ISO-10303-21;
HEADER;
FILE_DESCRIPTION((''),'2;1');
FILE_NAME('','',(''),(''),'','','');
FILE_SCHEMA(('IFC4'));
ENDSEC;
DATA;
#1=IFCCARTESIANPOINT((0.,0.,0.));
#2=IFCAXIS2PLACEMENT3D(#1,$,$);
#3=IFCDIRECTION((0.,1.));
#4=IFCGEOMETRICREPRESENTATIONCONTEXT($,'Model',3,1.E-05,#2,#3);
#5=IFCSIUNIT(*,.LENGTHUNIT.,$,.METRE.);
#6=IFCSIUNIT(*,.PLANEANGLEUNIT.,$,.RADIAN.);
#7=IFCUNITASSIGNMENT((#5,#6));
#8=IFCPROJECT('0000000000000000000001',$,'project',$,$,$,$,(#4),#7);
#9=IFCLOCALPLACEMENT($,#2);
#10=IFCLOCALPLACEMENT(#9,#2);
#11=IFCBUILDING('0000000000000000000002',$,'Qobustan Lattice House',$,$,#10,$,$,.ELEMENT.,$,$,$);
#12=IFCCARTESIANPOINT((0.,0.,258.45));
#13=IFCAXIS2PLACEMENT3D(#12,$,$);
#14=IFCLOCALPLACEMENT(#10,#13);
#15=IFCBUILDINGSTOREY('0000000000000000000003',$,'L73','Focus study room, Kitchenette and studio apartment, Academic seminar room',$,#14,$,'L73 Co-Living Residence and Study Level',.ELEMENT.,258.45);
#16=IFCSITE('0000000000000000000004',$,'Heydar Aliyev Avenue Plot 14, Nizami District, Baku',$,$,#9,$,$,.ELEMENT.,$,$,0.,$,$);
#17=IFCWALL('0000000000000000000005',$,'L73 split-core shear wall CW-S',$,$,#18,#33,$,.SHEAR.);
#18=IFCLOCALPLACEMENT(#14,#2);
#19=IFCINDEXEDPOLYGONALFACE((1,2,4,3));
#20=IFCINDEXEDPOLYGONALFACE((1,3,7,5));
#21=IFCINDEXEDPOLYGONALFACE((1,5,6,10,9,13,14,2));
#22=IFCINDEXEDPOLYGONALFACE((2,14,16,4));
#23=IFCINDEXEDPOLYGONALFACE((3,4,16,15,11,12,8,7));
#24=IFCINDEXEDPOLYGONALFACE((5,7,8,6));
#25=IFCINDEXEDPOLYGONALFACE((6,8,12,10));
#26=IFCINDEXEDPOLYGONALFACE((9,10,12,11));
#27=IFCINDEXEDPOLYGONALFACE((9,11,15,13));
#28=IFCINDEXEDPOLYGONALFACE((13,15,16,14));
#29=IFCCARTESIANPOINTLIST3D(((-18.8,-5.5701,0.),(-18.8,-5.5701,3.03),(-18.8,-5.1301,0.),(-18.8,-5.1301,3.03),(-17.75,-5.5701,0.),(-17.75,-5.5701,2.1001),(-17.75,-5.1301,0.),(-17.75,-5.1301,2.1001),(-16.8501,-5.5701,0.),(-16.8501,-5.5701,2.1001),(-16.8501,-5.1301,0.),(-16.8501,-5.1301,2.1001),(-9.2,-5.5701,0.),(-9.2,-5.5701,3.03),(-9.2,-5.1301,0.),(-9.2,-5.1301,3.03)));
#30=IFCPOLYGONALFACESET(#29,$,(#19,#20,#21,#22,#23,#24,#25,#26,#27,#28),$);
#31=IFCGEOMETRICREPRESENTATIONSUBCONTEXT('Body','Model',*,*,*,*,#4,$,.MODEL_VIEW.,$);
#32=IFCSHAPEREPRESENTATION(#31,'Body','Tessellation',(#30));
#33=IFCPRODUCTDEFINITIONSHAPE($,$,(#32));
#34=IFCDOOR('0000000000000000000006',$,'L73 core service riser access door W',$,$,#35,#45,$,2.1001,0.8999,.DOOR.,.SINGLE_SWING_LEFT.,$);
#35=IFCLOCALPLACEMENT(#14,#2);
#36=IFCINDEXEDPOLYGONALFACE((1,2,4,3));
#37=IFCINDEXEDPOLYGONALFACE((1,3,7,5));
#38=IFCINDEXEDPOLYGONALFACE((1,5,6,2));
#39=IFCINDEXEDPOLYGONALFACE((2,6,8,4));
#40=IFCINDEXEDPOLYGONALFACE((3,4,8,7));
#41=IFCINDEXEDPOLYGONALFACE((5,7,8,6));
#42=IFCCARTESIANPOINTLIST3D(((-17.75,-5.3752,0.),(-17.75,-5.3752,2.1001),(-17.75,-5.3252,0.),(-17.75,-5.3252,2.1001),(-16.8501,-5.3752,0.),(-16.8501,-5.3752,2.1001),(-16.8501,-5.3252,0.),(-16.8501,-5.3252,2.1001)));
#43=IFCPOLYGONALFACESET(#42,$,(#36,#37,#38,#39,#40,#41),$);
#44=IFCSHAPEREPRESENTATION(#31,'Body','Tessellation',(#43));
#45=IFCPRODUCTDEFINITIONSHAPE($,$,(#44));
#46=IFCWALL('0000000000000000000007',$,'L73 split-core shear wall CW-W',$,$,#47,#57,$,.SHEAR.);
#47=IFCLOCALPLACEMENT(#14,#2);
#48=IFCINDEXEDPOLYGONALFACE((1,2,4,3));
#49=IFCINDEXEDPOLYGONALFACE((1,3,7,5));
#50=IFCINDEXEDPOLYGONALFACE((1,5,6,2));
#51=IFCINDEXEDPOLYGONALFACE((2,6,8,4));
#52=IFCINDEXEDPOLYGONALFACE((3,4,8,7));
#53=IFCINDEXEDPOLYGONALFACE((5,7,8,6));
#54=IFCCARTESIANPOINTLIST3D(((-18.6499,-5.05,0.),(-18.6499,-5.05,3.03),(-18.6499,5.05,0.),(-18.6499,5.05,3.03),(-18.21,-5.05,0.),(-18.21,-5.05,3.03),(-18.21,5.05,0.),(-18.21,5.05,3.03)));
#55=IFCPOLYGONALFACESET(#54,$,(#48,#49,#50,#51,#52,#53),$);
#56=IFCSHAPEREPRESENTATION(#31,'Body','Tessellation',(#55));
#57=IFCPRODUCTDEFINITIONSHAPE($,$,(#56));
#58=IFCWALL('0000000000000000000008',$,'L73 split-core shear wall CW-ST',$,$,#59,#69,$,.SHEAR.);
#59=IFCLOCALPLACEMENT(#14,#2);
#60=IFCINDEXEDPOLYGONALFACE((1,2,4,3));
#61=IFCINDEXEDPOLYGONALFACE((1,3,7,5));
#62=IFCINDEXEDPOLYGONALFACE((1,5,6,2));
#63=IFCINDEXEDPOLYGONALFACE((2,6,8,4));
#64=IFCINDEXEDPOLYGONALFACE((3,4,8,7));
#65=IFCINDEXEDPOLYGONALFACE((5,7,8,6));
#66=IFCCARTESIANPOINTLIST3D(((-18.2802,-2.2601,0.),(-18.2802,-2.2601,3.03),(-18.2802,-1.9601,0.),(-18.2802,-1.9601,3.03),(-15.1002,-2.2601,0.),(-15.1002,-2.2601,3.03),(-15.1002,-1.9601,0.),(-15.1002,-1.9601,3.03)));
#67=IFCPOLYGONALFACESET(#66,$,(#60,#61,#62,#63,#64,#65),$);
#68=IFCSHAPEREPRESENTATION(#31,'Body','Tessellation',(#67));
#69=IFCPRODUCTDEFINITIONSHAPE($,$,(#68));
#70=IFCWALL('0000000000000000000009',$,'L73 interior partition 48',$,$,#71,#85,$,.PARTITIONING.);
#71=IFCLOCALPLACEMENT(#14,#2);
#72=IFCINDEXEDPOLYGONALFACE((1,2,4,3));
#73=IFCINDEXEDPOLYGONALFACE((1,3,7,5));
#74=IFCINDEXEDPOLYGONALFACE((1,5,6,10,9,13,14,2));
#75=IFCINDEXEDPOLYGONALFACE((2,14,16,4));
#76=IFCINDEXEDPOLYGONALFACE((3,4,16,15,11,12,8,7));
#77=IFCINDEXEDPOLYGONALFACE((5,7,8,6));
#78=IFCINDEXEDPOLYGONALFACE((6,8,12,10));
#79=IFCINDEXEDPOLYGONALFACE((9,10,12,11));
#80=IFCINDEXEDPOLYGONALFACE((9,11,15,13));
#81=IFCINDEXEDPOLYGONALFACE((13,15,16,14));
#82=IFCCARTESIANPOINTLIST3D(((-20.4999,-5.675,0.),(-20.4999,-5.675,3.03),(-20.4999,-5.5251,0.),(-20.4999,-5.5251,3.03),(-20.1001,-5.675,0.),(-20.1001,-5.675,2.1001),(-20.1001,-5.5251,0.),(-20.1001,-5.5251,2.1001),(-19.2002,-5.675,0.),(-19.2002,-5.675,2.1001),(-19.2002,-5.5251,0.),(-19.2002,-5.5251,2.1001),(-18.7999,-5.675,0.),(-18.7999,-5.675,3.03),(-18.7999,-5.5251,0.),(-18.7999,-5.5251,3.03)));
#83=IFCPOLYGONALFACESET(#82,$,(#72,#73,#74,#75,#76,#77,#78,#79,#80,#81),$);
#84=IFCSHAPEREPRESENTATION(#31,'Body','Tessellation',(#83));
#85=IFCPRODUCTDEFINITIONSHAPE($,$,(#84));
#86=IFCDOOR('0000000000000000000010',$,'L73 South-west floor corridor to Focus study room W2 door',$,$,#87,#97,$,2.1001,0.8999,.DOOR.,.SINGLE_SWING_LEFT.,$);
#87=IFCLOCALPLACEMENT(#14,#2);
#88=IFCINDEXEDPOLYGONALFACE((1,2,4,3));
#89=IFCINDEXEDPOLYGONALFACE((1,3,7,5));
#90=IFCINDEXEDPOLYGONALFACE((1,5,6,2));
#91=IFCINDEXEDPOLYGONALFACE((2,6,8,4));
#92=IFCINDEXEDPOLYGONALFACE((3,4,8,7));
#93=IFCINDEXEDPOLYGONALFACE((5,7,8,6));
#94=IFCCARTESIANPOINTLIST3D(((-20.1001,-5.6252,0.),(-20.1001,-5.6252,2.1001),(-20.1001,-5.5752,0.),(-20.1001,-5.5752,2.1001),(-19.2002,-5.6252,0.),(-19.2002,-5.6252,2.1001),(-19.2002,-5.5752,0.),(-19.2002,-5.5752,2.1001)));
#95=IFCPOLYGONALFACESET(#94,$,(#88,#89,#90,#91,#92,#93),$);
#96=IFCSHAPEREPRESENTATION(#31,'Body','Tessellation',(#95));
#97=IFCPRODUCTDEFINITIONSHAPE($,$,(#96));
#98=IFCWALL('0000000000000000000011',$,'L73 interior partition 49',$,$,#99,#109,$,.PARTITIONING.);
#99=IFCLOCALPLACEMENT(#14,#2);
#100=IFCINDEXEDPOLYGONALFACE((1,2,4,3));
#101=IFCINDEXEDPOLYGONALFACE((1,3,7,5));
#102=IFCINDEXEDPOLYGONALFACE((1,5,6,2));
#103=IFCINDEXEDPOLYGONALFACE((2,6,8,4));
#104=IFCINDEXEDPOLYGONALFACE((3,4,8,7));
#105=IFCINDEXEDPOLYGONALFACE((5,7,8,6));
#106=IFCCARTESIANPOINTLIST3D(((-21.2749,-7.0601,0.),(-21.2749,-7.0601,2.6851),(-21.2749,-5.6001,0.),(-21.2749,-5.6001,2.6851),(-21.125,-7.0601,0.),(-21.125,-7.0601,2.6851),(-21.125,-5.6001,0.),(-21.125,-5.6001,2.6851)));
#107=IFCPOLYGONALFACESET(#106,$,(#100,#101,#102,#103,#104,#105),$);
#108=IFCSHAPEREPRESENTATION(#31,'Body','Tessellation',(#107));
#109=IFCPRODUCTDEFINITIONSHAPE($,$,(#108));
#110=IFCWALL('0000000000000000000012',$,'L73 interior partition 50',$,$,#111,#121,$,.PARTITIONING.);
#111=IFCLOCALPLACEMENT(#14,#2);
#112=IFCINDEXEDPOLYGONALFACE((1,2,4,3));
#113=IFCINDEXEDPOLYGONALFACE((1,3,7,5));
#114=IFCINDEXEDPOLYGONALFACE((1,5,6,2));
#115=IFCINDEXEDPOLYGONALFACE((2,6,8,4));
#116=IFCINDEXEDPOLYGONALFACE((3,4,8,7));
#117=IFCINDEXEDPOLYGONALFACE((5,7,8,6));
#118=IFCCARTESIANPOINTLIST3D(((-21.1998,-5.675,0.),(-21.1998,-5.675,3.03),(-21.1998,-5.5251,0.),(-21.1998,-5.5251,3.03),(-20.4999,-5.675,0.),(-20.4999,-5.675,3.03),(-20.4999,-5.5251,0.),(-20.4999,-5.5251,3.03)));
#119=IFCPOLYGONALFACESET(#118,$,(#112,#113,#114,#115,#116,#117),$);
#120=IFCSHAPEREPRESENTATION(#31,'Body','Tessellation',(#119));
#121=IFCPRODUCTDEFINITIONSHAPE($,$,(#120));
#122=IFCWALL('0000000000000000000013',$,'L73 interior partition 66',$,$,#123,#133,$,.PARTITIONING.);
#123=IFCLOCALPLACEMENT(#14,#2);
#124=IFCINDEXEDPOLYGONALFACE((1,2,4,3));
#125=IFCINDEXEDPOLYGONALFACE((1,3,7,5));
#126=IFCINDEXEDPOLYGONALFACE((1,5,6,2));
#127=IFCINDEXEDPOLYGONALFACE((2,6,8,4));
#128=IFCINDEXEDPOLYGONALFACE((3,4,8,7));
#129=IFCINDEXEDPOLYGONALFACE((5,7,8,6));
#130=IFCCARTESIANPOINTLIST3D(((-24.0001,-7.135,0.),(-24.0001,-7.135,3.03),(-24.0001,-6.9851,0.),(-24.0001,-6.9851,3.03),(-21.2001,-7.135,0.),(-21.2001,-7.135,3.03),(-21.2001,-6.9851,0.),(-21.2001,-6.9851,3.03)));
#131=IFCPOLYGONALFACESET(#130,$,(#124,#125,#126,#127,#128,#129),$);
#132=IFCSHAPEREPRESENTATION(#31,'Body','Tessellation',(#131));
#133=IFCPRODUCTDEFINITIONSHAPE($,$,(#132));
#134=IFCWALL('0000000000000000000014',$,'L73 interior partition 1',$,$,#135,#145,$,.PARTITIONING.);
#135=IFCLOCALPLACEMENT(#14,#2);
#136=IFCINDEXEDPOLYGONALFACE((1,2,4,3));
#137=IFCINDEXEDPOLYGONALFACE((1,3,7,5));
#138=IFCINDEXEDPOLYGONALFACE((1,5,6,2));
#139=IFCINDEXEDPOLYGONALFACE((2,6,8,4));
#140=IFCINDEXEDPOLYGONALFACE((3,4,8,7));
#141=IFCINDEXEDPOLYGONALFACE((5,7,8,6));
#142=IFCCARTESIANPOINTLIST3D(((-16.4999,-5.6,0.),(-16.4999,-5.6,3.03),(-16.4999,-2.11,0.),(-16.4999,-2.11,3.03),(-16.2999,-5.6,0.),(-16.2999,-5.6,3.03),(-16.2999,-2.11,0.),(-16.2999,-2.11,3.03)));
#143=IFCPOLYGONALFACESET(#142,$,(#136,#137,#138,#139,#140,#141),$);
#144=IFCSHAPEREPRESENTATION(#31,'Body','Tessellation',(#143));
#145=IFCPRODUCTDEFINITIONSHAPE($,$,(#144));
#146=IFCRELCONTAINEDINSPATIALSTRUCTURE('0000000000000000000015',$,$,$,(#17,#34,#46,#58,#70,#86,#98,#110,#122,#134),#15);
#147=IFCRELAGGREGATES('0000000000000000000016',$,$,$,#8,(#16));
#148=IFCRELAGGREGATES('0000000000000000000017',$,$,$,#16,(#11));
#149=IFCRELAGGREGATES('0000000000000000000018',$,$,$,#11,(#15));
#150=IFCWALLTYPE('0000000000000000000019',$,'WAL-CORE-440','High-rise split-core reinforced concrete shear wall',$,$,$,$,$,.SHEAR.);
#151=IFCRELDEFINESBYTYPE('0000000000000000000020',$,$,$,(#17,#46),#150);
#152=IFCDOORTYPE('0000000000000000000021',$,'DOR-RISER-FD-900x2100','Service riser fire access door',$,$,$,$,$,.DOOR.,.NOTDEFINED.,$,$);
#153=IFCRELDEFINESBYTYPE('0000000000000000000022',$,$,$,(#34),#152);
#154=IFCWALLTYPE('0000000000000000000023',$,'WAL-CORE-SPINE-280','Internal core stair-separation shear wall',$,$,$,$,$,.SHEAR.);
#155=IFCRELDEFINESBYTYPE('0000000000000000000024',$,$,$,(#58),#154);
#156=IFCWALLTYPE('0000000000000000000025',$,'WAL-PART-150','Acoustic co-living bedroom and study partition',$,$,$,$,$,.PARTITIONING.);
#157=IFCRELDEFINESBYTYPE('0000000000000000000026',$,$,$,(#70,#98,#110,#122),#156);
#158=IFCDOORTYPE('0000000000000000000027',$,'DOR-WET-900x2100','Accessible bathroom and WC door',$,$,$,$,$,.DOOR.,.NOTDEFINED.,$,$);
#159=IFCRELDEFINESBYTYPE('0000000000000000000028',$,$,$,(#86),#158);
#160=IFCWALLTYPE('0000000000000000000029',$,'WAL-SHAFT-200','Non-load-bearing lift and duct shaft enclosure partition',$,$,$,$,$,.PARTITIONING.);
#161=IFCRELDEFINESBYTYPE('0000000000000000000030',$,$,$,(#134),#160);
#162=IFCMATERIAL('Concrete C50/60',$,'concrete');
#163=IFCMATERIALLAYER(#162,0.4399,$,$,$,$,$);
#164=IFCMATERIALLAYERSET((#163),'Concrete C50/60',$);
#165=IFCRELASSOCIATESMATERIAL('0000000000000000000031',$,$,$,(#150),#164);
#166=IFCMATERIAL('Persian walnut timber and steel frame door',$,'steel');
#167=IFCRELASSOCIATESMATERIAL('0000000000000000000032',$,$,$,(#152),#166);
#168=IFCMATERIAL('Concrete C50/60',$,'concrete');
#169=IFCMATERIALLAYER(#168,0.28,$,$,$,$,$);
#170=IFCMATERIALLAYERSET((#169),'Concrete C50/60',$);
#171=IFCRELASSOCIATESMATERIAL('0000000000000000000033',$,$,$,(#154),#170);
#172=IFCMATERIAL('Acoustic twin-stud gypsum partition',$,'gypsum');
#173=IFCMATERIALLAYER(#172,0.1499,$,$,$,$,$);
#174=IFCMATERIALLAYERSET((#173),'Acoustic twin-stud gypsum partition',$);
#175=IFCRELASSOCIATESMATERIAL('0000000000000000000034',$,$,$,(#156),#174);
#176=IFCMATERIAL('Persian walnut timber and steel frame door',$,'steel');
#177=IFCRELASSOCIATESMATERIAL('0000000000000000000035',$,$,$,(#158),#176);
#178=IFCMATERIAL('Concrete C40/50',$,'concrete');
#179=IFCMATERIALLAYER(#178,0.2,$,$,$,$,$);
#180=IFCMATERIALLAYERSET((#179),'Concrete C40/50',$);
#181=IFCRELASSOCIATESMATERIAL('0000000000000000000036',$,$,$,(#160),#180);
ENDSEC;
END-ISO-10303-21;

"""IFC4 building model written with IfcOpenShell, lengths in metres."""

from ifc_helpers import new_model, si_unit, direction, frame, frame_2d, origin, place, context, subcontext, project, spatial, rectangle, extrude, material, layer, layer_set, type_object, element, fill, save


model = new_model("IFC4")

# Units and contexts
model_context = context("Model", 3, precision=1e-05, world=origin(), true_north=direction((0.0, 1.0)))
body_context = subcontext(model_context, "Body", "Model", "MODEL_VIEW")
ifc_project = project(units=[si_unit("LENGTHUNIT", "METRE"), si_unit("PLANEANGLEUNIT", "RADIAN")], contexts=[model_context])

# Site, building, storey
site_placement = place(None, origin())
site = spatial("IfcSite", under=ifc_project, at=site_placement, Name="Heydar Aliyev Avenue Plot 14, Nizami District, Baku", CompositionType="ELEMENT", RefElevation=0.0)
building_placement = place(site_placement, origin())
building = spatial("IfcBuilding", under=site, at=building_placement, Name="Qobustan Lattice House", CompositionType="ELEMENT")
storey_placement = place(building_placement, frame((0.0, 0.0, 258.45)))
storey = spatial("IfcBuildingStorey", under=building, at=storey_placement, Name="L73", Description="Focus study room, Kitchenette and studio apartment, Academic seminar room", LongName="L73 Co-Living Residence and Study Level", CompositionType="ELEMENT", Elevation=258.45)

# Wall, opening, door
ifc_material_1 = material(Name="Concrete C50/60", Category="concrete")
ifc_layer_1 = layer(ifc_material_1, 0.4399)
ifc_layer_set_1 = layer_set([ifc_layer_1], Name="Concrete C50/60")
wall_type_1 = type_object("IfcWallType", Name="WAL-CORE-440", Description="High-rise split-core reinforced concrete shear wall", PredefinedType="SHEAR", material=ifc_layer_set_1)
wall_1_placement = place(storey_placement, frame((-18.8, -5.3501, 0.0), z_axis=(0.0, 0.0, 1.0), x_axis=(1.0, 0.0, 0.0)))
wall_1 = element("IfcWall", 1, at=wall_1_placement, inside=storey, type_object=wall_type_1, Name="L73 split-core shear wall CW-S", PredefinedType="SHEAR", context=body_context, shape_type="SweptSolid", body=[
    extrude(rectangle(XDim=9.6001, YDim=0.4399, at=frame_2d((4.8, 0.0))), origin(), (0.0, 0.0, 1.0), 3.03),
])
opening_1_placement = place(wall_1_placement, frame((1.05, 0.0, 0.0)))
opening_1 = element("IfcOpeningElement", 2, at=opening_1_placement, cuts=wall_1, PredefinedType="OPENING", context=body_context, shape_type="SweptSolid", body=[
    extrude(rectangle(XDim=0.8999, YDim=2.1001, at=frame_2d((0.45, 1.05))), frame((0.0, 0.23, 0.0), z_axis=(0.0, -1.0, 0.0), x_axis=(1.0, 0.0, 0.0)), (0.0, 0.0, 1.0), 0.46),
])
ifc_material_2 = material(Name="Persian walnut timber and steel frame door", Category="steel")
door_type_1 = type_object("IfcDoorType", Name="DOR-RISER-FD-900x2100", Description="Service riser fire access door", OperationType="NOTDEFINED", PredefinedType="DOOR", material=ifc_material_2)
door_1_placement = place(opening_1_placement, origin())
door_1 = element("IfcDoor", 3, at=door_1_placement, inside=storey, type_object=door_type_1, Name="L73 core service riser access door W", OperationType="SINGLE_SWING_LEFT", OverallHeight=2.1001, OverallWidth=0.8999, PredefinedType="DOOR", context=body_context, shape_type="SweptSolid", body=[
    extrude(rectangle(XDim=0.8999, YDim=2.1001, at=frame_2d((0.45, 1.05))), frame((0.0, 0.0249, 0.0), z_axis=(0.0, -1.0, 0.0), x_axis=(1.0, 0.0, 0.0)), (0.0, 0.0, 1.0), 0.05),
])
fill(opening_1, door_1)

# Walls
wall_2_placement = place(storey_placement, frame((-18.4299, -5.05, 0.0), z_axis=(0.0, 0.0, 1.0), x_axis=(0.0, 1.0, 0.0)))
element("IfcWall", 4, at=wall_2_placement, inside=storey, type_object=wall_type_1, Name="L73 split-core shear wall CW-W", PredefinedType="SHEAR", context=body_context, shape_type="SweptSolid", body=[
    extrude(rectangle(XDim=10.1001, YDim=0.4399, at=frame_2d((5.05, 0.0))), origin(), (0.0, 0.0, 1.0), 3.03),
])
ifc_material_3 = material(Name="Concrete C50/60", Category="concrete")
ifc_layer_2 = layer(ifc_material_3, 0.28)
ifc_layer_set_2 = layer_set([ifc_layer_2], Name="Concrete C50/60")
wall_type_2 = type_object("IfcWallType", Name="WAL-CORE-SPINE-280", Description="Internal core stair-separation shear wall", PredefinedType="SHEAR", material=ifc_layer_set_2)
wall_3_placement = place(storey_placement, frame((-18.28, -2.1101, 0.0), z_axis=(0.0, 0.0, 1.0), x_axis=(1.0, 0.0, 0.0)))
element("IfcWall", 5, at=wall_3_placement, inside=storey, type_object=wall_type_2, Name="L73 split-core shear wall CW-ST", PredefinedType="SHEAR", context=body_context, shape_type="SweptSolid", body=[
    extrude(rectangle(XDim=3.1799, YDim=0.3, at=frame_2d((1.5898, 0.0))), origin(), (0.0, 0.0, 1.0), 3.03),
])

# Wall, opening, door
ifc_material_4 = material(Name="Acoustic twin-stud gypsum partition", Category="gypsum")
ifc_layer_3 = layer(ifc_material_4, 0.1499)
ifc_layer_set_3 = layer_set([ifc_layer_3], Name="Acoustic twin-stud gypsum partition")
wall_type_3 = type_object("IfcWallType", Name="WAL-PART-150", Description="Acoustic co-living bedroom and study partition", PredefinedType="PARTITIONING", material=ifc_layer_set_3)
wall_4_placement = place(storey_placement, frame((-20.5, -5.6001, 0.0), z_axis=(0.0, 0.0, 1.0), x_axis=(1.0, 0.0, 0.0)))
wall_4 = element("IfcWall", 6, at=wall_4_placement, inside=storey, type_object=wall_type_3, Name="L73 interior partition 48", PredefinedType="PARTITIONING", context=body_context, shape_type="SweptSolid", body=[
    extrude(rectangle(XDim=1.7, YDim=0.1499, at=frame_2d((0.8501, 0.0))), origin(), (0.0, 0.0, 1.0), 3.03),
])
opening_2_placement = place(wall_4_placement, frame((0.3999, 0.0, 0.0)))
opening_2 = element("IfcOpeningElement", 7, at=opening_2_placement, cuts=wall_4, PredefinedType="OPENING", context=body_context, shape_type="SweptSolid", body=[
    extrude(rectangle(XDim=0.8999, YDim=2.1001, at=frame_2d((0.45, 1.05))), frame((0.0, 0.085, 0.0), z_axis=(0.0, -1.0, 0.0), x_axis=(1.0, 0.0, 0.0)), (0.0, 0.0, 1.0), 0.1699),
])
ifc_material_5 = material(Name="Persian walnut timber and steel frame door", Category="steel")
door_type_2 = type_object("IfcDoorType", Name="DOR-WET-900x2100", Description="Accessible bathroom and WC door", OperationType="NOTDEFINED", PredefinedType="DOOR", material=ifc_material_5)
door_2_placement = place(opening_2_placement, origin())
door_2 = element("IfcDoor", 8, at=door_2_placement, inside=storey, type_object=door_type_2, Name="L73 South-west floor corridor to Focus study room W2 door", OperationType="SINGLE_SWING_LEFT", OverallHeight=2.1001, OverallWidth=0.8999, PredefinedType="DOOR", context=body_context, shape_type="SweptSolid", body=[
    extrude(rectangle(XDim=0.8999, YDim=2.1001, at=frame_2d((0.45, 1.05))), frame((0.0, 0.0249, 0.0), z_axis=(0.0, -1.0, 0.0), x_axis=(1.0, 0.0, 0.0)), (0.0, 0.0, 1.0), 0.05),
])
fill(opening_2, door_2)

# Walls
wall_5_placement = place(storey_placement, frame((-21.2, -7.0601, 0.0), z_axis=(0.0, 0.0, 1.0), x_axis=(0.0, 1.0, 0.0)))
element("IfcWall", 9, at=wall_5_placement, inside=storey, type_object=wall_type_3, Name="L73 interior partition 49", PredefinedType="PARTITIONING", context=body_context, shape_type="SweptSolid", body=[
    extrude(rectangle(XDim=1.46, YDim=0.1499, at=frame_2d((0.73, 0.0))), origin(), (0.0, 0.0, 1.0), 2.6851),
])
wall_6_placement = place(storey_placement, frame((-21.2, -5.6001, 0.0), z_axis=(0.0, 0.0, 1.0), x_axis=(1.0, 0.0, 0.0)))
element("IfcWall", 10, at=wall_6_placement, inside=storey, type_object=wall_type_3, Name="L73 interior partition 50", PredefinedType="PARTITIONING", context=body_context, shape_type="SweptSolid", body=[
    extrude(rectangle(XDim=0.7, YDim=0.1499, at=frame_2d((0.3501, 0.0))), origin(), (0.0, 0.0, 1.0), 3.03),
])
wall_7_placement = place(storey_placement, frame((-24.0, -7.0601, 0.0), z_axis=(0.0, 0.0, 1.0), x_axis=(1.0, 0.0, 0.0)))
element("IfcWall", 11, at=wall_7_placement, inside=storey, type_object=wall_type_3, Name="L73 interior partition 66", PredefinedType="PARTITIONING", context=body_context, shape_type="SweptSolid", body=[
    extrude(rectangle(XDim=2.8, YDim=0.1499, at=frame_2d((1.3999, 0.0))), origin(), (0.0, 0.0, 1.0), 3.03),
])
ifc_material_6 = material(Name="Concrete C40/50", Category="concrete")
ifc_layer_4 = layer(ifc_material_6, 0.2)
ifc_layer_set_4 = layer_set([ifc_layer_4], Name="Concrete C40/50")
wall_type_4 = type_object("IfcWallType", Name="WAL-SHAFT-200", Description="Non-load-bearing lift and duct shaft enclosure partition", PredefinedType="PARTITIONING", material=ifc_layer_set_4)
wall_8_placement = place(storey_placement, frame((-16.3999, -5.6001, 0.0), z_axis=(0.0, 0.0, 1.0), x_axis=(0.0, 1.0, 0.0)))
element("IfcWall", 12, at=wall_8_placement, inside=storey, type_object=wall_type_4, Name="L73 interior partition 1", PredefinedType="PARTITIONING", context=body_context, shape_type="SweptSolid", body=[
    extrude(rectangle(XDim=3.49, YDim=0.2, at=frame_2d((1.7451, 0.0))), origin(), (0.0, 0.0, 1.0), 3.03),
])

save(model, "model.ifc")
